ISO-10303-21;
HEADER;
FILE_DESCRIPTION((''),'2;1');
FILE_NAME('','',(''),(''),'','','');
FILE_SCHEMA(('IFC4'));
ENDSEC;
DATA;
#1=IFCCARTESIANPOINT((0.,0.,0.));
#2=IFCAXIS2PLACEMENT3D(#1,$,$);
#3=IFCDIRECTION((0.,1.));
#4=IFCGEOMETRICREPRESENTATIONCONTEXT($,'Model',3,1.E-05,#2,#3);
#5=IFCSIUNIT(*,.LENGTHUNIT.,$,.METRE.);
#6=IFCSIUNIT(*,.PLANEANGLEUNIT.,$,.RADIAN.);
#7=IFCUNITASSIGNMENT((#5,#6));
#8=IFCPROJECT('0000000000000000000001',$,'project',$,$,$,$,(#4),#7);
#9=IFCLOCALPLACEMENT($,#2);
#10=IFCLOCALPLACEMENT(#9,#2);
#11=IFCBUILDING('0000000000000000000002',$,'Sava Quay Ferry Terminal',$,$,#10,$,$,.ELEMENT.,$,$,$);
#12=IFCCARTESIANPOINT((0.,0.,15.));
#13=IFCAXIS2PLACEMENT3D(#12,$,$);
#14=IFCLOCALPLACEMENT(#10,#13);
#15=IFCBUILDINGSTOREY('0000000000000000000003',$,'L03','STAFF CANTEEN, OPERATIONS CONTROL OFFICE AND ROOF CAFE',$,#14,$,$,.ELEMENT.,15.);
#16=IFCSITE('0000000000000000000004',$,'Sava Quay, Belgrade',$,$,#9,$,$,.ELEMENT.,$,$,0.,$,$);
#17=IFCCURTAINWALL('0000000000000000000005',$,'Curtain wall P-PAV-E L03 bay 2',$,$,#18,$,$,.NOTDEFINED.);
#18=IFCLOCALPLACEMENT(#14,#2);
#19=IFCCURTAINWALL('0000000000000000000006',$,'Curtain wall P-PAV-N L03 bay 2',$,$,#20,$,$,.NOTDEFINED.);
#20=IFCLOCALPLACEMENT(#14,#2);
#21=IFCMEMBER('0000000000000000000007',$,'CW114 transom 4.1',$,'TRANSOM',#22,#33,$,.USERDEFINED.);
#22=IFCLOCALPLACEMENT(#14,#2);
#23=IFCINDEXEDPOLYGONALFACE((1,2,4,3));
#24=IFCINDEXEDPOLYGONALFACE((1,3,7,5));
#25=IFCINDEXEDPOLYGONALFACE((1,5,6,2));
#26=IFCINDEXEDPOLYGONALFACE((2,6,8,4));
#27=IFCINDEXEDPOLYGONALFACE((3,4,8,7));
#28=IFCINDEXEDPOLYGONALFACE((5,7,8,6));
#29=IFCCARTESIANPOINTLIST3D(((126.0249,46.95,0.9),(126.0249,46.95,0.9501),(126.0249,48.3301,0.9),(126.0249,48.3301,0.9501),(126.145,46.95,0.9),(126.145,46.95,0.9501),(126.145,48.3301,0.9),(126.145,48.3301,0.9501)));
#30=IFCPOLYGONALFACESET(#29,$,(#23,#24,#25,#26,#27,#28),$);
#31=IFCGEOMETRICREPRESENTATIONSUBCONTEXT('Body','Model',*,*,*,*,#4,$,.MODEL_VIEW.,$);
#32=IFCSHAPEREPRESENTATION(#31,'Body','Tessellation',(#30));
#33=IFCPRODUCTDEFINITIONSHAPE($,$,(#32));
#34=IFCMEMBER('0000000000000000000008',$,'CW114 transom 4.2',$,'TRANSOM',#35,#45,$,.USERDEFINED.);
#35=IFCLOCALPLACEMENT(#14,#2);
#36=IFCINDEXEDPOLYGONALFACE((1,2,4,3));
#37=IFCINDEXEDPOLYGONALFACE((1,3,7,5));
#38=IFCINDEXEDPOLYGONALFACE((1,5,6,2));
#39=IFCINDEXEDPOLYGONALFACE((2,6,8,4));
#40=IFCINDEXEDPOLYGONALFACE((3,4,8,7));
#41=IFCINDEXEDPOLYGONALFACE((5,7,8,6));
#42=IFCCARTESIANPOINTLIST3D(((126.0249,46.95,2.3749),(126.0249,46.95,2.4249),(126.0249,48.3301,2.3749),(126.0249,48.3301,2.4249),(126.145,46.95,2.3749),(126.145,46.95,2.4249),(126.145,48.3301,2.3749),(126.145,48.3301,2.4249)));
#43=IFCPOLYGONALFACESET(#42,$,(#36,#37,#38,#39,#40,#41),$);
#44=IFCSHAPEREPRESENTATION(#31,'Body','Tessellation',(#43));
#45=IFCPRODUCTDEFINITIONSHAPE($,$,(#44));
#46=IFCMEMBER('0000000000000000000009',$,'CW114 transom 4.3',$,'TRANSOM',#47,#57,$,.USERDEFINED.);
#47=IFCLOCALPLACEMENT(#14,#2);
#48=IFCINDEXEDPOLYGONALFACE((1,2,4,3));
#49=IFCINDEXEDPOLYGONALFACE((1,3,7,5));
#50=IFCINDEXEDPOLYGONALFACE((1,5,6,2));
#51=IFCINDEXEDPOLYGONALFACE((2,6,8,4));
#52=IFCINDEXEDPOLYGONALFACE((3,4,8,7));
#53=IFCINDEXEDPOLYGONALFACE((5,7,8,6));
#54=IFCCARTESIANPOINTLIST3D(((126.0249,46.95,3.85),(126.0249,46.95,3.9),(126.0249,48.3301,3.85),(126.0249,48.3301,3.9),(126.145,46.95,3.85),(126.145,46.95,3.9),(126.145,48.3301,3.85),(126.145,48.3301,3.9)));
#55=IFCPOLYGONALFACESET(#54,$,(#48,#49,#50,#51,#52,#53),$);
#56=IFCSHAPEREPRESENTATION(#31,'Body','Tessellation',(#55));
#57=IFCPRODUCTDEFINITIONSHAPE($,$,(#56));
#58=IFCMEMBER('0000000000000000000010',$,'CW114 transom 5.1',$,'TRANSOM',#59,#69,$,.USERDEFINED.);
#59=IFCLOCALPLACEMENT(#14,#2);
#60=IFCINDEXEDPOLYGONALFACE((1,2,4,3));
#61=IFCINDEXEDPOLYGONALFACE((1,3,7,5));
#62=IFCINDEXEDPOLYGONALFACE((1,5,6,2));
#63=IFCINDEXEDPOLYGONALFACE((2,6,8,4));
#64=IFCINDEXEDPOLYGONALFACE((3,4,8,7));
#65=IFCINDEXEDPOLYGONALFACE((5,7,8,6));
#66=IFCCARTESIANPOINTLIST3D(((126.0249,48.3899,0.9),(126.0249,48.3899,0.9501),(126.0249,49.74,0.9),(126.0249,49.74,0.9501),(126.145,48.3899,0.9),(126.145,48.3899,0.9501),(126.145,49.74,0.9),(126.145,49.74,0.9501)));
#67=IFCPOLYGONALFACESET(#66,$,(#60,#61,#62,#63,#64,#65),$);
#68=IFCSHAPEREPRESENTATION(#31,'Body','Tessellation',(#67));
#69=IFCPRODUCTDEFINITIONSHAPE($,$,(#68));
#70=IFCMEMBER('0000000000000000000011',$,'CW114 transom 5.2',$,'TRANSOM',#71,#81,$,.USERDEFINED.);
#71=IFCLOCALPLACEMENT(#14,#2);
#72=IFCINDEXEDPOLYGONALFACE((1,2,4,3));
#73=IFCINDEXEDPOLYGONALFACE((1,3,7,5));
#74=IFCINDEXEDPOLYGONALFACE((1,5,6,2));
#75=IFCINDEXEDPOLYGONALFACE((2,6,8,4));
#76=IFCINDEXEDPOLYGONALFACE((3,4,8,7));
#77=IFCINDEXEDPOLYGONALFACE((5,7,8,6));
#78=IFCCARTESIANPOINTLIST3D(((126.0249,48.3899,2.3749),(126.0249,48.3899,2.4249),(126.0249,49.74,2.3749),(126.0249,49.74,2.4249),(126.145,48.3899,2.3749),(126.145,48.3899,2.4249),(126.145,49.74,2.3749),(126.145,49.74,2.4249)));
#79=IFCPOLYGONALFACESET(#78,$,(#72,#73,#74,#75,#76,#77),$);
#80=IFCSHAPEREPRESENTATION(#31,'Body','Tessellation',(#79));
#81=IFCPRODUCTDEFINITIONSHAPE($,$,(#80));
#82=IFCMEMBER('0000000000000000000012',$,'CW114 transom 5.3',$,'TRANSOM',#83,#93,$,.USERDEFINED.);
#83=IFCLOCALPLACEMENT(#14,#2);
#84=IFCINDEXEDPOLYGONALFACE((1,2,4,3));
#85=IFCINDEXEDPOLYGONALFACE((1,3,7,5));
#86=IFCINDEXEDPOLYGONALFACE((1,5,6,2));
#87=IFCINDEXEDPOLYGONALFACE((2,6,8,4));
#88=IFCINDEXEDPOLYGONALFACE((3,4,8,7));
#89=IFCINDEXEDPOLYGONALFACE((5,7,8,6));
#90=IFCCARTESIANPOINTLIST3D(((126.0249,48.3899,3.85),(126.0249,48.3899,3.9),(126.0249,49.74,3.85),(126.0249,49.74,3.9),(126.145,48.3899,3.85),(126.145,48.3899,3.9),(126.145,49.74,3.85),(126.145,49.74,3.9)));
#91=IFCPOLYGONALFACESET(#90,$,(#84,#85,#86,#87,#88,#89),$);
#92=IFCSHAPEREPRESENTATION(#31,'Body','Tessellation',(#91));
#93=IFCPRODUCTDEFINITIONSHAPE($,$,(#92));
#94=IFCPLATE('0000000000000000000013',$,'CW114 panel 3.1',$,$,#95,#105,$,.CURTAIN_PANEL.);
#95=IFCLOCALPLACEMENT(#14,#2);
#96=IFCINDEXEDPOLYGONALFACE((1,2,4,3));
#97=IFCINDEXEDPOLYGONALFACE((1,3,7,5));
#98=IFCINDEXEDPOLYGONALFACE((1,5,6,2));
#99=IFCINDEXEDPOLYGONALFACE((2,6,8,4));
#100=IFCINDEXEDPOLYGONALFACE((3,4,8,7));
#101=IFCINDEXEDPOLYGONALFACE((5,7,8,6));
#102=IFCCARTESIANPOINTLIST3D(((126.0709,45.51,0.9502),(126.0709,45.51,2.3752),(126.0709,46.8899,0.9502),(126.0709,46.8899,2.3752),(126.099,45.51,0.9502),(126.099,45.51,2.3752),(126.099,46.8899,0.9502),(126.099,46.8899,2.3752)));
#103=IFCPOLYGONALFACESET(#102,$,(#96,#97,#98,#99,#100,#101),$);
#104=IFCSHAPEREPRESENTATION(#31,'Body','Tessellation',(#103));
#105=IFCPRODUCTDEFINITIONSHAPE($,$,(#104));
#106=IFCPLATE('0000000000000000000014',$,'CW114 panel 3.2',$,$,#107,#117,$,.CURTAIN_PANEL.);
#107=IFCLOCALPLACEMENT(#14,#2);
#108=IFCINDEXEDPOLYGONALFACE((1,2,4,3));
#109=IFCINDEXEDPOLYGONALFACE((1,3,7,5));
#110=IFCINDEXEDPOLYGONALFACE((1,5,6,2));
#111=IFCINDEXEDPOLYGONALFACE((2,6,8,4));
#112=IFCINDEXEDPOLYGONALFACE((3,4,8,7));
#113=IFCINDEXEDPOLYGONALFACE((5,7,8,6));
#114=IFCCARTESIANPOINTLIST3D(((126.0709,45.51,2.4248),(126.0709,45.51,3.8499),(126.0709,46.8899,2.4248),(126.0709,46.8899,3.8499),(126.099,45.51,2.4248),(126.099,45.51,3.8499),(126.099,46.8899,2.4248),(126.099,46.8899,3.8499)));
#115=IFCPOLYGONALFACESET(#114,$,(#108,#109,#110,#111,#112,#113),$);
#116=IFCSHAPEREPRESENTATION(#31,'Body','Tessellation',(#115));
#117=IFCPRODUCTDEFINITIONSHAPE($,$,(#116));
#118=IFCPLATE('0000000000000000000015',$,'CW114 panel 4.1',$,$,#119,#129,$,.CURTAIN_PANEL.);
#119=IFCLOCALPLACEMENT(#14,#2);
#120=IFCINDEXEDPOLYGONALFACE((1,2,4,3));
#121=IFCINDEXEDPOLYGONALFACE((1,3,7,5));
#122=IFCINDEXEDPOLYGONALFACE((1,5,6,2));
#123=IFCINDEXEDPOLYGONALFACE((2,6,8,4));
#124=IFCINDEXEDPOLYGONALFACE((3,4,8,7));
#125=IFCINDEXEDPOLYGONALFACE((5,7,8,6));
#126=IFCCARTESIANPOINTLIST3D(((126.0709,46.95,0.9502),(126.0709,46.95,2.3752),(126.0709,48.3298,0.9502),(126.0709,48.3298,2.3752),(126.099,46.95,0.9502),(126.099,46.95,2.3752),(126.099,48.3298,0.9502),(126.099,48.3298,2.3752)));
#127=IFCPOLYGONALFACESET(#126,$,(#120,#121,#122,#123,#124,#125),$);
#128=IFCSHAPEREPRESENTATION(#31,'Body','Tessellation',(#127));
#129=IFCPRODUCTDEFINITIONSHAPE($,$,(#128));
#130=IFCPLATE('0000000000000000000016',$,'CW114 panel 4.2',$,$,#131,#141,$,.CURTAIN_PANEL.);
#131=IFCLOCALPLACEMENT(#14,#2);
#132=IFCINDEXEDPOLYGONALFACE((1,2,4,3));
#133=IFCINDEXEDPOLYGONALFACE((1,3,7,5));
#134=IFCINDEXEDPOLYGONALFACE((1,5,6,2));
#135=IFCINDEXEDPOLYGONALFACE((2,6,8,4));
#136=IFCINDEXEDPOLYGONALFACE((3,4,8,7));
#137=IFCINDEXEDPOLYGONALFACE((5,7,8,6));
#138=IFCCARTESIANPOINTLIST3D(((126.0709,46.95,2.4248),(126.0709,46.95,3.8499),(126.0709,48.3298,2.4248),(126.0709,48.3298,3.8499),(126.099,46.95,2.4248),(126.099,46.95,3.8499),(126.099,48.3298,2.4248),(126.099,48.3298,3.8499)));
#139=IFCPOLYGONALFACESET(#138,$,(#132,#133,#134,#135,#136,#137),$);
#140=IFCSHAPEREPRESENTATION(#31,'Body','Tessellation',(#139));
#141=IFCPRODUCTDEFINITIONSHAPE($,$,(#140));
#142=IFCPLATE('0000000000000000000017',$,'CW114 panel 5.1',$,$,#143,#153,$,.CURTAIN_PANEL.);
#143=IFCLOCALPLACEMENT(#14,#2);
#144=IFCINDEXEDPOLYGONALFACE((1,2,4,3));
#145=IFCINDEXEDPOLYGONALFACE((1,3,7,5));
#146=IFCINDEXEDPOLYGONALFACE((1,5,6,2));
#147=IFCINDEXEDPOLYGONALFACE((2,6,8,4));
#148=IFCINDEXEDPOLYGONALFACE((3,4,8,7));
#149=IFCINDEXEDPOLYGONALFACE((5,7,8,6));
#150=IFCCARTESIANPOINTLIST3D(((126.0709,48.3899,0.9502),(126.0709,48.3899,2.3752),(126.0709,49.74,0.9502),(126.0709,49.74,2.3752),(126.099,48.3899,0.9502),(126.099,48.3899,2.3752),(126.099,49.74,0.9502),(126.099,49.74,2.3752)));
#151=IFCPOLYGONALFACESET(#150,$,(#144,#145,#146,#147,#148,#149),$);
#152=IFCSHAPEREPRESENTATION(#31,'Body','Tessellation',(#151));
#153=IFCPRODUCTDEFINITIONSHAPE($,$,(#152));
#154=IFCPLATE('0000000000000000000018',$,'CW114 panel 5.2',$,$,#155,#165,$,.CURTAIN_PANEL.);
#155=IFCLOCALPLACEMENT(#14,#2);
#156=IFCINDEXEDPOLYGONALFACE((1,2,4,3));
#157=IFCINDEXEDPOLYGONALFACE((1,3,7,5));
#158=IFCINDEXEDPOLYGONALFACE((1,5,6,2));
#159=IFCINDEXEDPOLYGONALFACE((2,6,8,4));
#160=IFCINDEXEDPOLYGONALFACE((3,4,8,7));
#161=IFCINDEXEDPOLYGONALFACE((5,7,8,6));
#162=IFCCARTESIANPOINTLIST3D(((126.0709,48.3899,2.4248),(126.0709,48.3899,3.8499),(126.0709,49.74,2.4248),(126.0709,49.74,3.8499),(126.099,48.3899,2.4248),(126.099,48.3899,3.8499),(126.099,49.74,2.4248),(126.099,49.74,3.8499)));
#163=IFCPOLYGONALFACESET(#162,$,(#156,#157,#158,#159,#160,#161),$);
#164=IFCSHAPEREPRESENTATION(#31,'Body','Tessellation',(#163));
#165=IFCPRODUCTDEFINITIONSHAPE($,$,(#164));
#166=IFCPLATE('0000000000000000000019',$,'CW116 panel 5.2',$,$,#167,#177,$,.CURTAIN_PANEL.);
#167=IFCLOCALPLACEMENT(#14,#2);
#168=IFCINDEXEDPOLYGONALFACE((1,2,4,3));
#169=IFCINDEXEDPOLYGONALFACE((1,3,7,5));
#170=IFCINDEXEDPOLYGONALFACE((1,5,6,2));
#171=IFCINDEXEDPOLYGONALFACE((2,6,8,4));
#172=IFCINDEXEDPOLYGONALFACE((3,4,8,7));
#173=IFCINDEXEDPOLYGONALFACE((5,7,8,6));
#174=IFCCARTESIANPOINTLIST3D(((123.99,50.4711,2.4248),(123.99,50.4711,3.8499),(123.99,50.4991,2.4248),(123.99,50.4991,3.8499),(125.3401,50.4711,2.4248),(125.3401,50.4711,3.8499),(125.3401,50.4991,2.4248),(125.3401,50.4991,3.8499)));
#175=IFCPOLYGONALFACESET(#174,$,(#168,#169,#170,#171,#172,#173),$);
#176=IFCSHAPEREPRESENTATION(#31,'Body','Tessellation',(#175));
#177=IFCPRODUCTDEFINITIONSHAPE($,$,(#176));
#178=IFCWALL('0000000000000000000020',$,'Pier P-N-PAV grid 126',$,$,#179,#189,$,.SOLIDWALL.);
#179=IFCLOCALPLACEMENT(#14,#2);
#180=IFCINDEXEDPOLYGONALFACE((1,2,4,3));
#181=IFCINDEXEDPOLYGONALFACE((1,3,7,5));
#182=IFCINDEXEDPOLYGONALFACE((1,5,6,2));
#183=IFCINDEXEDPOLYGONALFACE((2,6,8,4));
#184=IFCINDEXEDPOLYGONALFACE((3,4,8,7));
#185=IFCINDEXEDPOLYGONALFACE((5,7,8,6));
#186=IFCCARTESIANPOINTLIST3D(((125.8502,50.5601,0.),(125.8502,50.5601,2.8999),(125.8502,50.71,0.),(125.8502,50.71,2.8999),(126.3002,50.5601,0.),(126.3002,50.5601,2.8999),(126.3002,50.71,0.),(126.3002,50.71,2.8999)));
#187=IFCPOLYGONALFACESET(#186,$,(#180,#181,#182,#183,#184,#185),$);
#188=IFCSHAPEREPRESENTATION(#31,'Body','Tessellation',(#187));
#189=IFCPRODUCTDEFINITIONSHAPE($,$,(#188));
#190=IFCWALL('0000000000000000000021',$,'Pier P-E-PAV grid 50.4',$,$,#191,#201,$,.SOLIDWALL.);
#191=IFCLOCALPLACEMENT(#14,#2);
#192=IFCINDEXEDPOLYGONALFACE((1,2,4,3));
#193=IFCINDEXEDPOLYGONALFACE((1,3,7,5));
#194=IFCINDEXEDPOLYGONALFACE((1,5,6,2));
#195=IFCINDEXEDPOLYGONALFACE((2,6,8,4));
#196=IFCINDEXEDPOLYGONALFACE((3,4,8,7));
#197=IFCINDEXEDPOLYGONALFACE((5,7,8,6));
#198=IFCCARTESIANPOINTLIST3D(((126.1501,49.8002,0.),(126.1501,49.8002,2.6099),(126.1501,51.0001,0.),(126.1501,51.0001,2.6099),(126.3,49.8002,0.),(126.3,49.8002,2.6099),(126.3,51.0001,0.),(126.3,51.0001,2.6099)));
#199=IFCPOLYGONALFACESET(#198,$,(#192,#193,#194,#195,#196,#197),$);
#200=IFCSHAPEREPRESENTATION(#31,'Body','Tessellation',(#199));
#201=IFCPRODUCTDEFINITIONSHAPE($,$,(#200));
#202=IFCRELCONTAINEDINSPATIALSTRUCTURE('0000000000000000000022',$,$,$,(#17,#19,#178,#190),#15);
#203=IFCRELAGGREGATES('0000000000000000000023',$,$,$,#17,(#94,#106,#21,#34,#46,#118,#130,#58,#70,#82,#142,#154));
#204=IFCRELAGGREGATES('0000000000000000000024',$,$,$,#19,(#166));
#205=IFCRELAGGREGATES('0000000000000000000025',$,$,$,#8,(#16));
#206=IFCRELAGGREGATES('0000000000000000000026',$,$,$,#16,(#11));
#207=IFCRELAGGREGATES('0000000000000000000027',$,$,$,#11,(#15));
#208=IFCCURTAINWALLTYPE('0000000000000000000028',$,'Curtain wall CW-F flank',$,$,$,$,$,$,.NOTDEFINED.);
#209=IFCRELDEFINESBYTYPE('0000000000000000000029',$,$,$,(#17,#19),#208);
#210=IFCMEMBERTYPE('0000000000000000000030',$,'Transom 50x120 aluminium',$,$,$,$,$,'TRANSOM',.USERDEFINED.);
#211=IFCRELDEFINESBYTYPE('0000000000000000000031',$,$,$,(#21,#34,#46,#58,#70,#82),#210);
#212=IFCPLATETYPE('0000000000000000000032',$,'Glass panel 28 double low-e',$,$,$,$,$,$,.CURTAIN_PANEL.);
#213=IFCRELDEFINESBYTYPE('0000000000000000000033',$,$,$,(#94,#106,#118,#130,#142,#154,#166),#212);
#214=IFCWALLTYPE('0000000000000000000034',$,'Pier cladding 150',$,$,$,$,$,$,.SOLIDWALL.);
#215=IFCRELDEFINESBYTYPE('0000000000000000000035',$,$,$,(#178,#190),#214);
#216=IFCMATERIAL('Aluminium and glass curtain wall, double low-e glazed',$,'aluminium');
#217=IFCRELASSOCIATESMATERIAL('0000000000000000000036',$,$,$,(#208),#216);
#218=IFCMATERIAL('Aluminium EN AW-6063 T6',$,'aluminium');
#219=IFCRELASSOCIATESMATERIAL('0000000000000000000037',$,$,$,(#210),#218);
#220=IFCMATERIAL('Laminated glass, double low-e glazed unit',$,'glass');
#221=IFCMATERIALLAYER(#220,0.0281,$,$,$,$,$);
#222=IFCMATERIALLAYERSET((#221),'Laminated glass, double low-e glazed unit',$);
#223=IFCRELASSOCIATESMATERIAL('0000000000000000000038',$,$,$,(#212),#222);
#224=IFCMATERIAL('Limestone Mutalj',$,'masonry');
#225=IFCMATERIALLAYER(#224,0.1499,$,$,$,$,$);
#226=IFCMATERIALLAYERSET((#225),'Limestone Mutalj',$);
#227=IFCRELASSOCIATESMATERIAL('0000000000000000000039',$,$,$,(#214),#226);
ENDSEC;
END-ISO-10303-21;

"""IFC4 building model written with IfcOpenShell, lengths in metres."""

from ifc_helpers import new_model, si_unit, direction, frame, frame_2d, origin, origin_2d, place, context, subcontext, project, spatial, rectangle, extrude, material, layer, layer_set, material_profile, profile_set, type_object, element, aggregate, save


model = new_model("IFC4")

# Units and contexts
model_context = context("Model", 3, precision=1e-05, world=origin(), true_north=direction((0.0, 1.0)))
body_context = subcontext(model_context, "Body", "Model", "MODEL_VIEW")
ifc_project = project(units=[si_unit("LENGTHUNIT", "METRE"), si_unit("PLANEANGLEUNIT", "RADIAN")], contexts=[model_context])

# Site, building, storey
site_placement = place(None, origin())
site = spatial("IfcSite", under=ifc_project, at=site_placement, Name="Sava Quay, Belgrade", CompositionType="ELEMENT", RefElevation=0.0)
building_placement = place(site_placement, origin())
building = spatial("IfcBuilding", under=site, at=building_placement, Name="Sava Quay Ferry Terminal", CompositionType="ELEMENT")
storey_placement = place(building_placement, frame((0.0, 0.0, 15.0)))
storey = spatial("IfcBuildingStorey", under=building, at=storey_placement, Name="L03", Description="STAFF CANTEEN, OPERATIONS CONTROL OFFICE AND ROOF CAFE", CompositionType="ELEMENT", Elevation=15.0)

# Curtain wall
ifc_material_1 = material(Name="Aluminium and glass curtain wall, double low-e glazed", Category="aluminium")
curtain_wall_type = type_object("IfcCurtainWallType", Name="Curtain wall CW-F flank", PredefinedType="NOTDEFINED", material=ifc_material_1)
curtain_wall_1_placement = place(storey_placement, origin())
curtain_wall_1 = element("IfcCurtainWall", 1, at=curtain_wall_1_placement, inside=storey, type_object=curtain_wall_type, Name="Curtain wall P-PAV-E L03 bay 2", PredefinedType="NOTDEFINED")

# Curtain wall
curtain_wall_2_placement = place(storey_placement, origin())
curtain_wall_2 = element("IfcCurtainWall", 2, at=curtain_wall_2_placement, inside=storey, type_object=curtain_wall_type, Name="Curtain wall P-PAV-N L03 bay 2", PredefinedType="NOTDEFINED")

# Members
ifc_material_2 = material(Name="Aluminium EN AW-6063 T6", Category="aluminium")
ifc_material_profile_1 = material_profile(ifc_material_2, rectangle(XDim=0.1201, YDim=0.05, at=origin_2d()), Name="Transom 50x120 aluminium")
ifc_profile_set_1 = profile_set([ifc_material_profile_1], Name="Aluminium EN AW-6063 T6")
member_type_1 = type_object("IfcMemberType", Name="Transom 50x120 aluminium", ElementType="TRANSOM", PredefinedType="USERDEFINED", material=ifc_profile_set_1)
member_1_placement = place(storey_placement, frame((126.085, 46.95, 0.925), z_axis=(0.0, 1.0, 0.0), x_axis=(-1.0, 0.0, 0.0)))
member_1 = element("IfcMember", 3, at=member_1_placement, type_object=member_type_1, Name="CW114 transom 4.1", ObjectType="TRANSOM", PredefinedType="USERDEFINED", context=body_context, shape_type="SweptSolid", body=[
    extrude(rectangle(XDim=0.1201, YDim=0.05, at=origin_2d()), origin(), (0.0, 0.0, 1.0), 1.3801),
])
member_2_placement = place(storey_placement, frame((126.085, 46.95, 2.3999), z_axis=(0.0, 1.0, 0.0), x_axis=(-1.0, 0.0, 0.0)))
member_2 = element("IfcMember", 4, at=member_2_placement, type_object=member_type_1, Name="CW114 transom 4.2", ObjectType="TRANSOM", PredefinedType="USERDEFINED", context=body_context, shape_type="SweptSolid", body=[
    extrude(rectangle(XDim=0.1201, YDim=0.05, at=origin_2d()), origin(), (0.0, 0.0, 1.0), 1.3801),
])
member_3_placement = place(storey_placement, frame((126.085, 46.95, 3.875), z_axis=(0.0, 1.0, 0.0), x_axis=(-1.0, 0.0, 0.0)))
member_3 = element("IfcMember", 5, at=member_3_placement, type_object=member_type_1, Name="CW114 transom 4.3", ObjectType="TRANSOM", PredefinedType="USERDEFINED", context=body_context, shape_type="SweptSolid", body=[
    extrude(rectangle(XDim=0.1201, YDim=0.05, at=origin_2d()), origin(), (0.0, 0.0, 1.0), 1.3801),
])
member_4_placement = place(storey_placement, frame((126.085, 48.3899, 0.925), z_axis=(0.0, 1.0, 0.0), x_axis=(-1.0, 0.0, 0.0)))
member_4 = element("IfcMember", 6, at=member_4_placement, type_object=member_type_1, Name="CW114 transom 5.1", ObjectType="TRANSOM", PredefinedType="USERDEFINED", context=body_context, shape_type="SweptSolid", body=[
    extrude(rectangle(XDim=0.1201, YDim=0.05, at=origin_2d()), origin(), (0.0, 0.0, 1.0), 1.3501),
])
member_5_placement = place(storey_placement, frame((126.085, 48.3899, 2.3999), z_axis=(0.0, 1.0, 0.0), x_axis=(-1.0, 0.0, 0.0)))
member_5 = element("IfcMember", 7, at=member_5_placement, type_object=member_type_1, Name="CW114 transom 5.2", ObjectType="TRANSOM", PredefinedType="USERDEFINED", context=body_context, shape_type="SweptSolid", body=[
    extrude(rectangle(XDim=0.1201, YDim=0.05, at=origin_2d()), origin(), (0.0, 0.0, 1.0), 1.3501),
])
member_6_placement = place(storey_placement, frame((126.085, 48.3899, 3.875), z_axis=(0.0, 1.0, 0.0), x_axis=(-1.0, 0.0, 0.0)))
member_6 = element("IfcMember", 8, at=member_6_placement, type_object=member_type_1, Name="CW114 transom 5.3", ObjectType="TRANSOM", PredefinedType="USERDEFINED", context=body_context, shape_type="SweptSolid", body=[
    extrude(rectangle(XDim=0.1201, YDim=0.05, at=origin_2d()), origin(), (0.0, 0.0, 1.0), 1.3501),
])

# Plates
ifc_material_3 = material(Name="Laminated glass, double low-e glazed unit", Category="glass")
ifc_layer_1 = layer(ifc_material_3, 0.0281)
ifc_layer_set_1 = layer_set([ifc_layer_1], Name="Laminated glass, double low-e glazed unit")
plate_type = type_object("IfcPlateType", Name="Glass panel 28 double low-e", PredefinedType="CURTAIN_PANEL", material=ifc_layer_set_1)
plate_1_placement = place(storey_placement, frame((126.085, 46.2, 0.9502), z_axis=(0.0, 0.0, 1.0), x_axis=(0.0, 1.0, 0.0)))
plate_1 = element("IfcPlate", 9, at=plate_1_placement, type_object=plate_type, Name="CW114 panel 3.1", PredefinedType="CURTAIN_PANEL", context=body_context, shape_type="SweptSolid", body=[
    extrude(rectangle(XDim=1.3799, YDim=0.0281, at=origin_2d()), origin(), (0.0, 0.0, 1.0), 1.425),
])
plate_2_placement = place(storey_placement, frame((126.085, 46.2, 2.4248), z_axis=(0.0, 0.0, 1.0), x_axis=(0.0, 1.0, 0.0)))
plate_2 = element("IfcPlate", 10, at=plate_2_placement, type_object=plate_type, Name="CW114 panel 3.2", PredefinedType="CURTAIN_PANEL", context=body_context, shape_type="SweptSolid", body=[
    extrude(rectangle(XDim=1.3799, YDim=0.0281, at=origin_2d()), origin(), (0.0, 0.0, 1.0), 1.425),
])
plate_3_placement = place(storey_placement, frame((126.085, 47.6399, 0.9502), z_axis=(0.0, 0.0, 1.0), x_axis=(0.0, 1.0, 0.0)))
plate_3 = element("IfcPlate", 11, at=plate_3_placement, type_object=plate_type, Name="CW114 panel 4.1", PredefinedType="CURTAIN_PANEL", context=body_context, shape_type="SweptSolid", body=[
    extrude(rectangle(XDim=1.3799, YDim=0.0281, at=origin_2d()), origin(), (0.0, 0.0, 1.0), 1.425),
])
plate_4_placement = place(storey_placement, frame((126.085, 47.6399, 2.4248), z_axis=(0.0, 0.0, 1.0), x_axis=(0.0, 1.0, 0.0)))
plate_4 = element("IfcPlate", 12, at=plate_4_placement, type_object=plate_type, Name="CW114 panel 4.2", PredefinedType="CURTAIN_PANEL", context=body_context, shape_type="SweptSolid", body=[
    extrude(rectangle(XDim=1.3799, YDim=0.0281, at=origin_2d()), origin(), (0.0, 0.0, 1.0), 1.425),
])
plate_5_placement = place(storey_placement, frame((126.085, 49.0649, 0.9502), z_axis=(0.0, 0.0, 1.0), x_axis=(0.0, 1.0, 0.0)))
plate_5 = element("IfcPlate", 13, at=plate_5_placement, type_object=plate_type, Name="CW114 panel 5.1", PredefinedType="CURTAIN_PANEL", context=body_context, shape_type="SweptSolid", body=[
    extrude(rectangle(XDim=1.3501, YDim=0.0281, at=origin_2d()), origin(), (0.0, 0.0, 1.0), 1.425),
])
plate_6_placement = place(storey_placement, frame((126.085, 49.0649, 2.4248), z_axis=(0.0, 0.0, 1.0), x_axis=(0.0, 1.0, 0.0)))
plate_6 = element("IfcPlate", 14, at=plate_6_placement, type_object=plate_type, Name="CW114 panel 5.2", PredefinedType="CURTAIN_PANEL", context=body_context, shape_type="SweptSolid", body=[
    extrude(rectangle(XDim=1.3501, YDim=0.0281, at=origin_2d()), origin(), (0.0, 0.0, 1.0), 1.425),
])
aggregate(curtain_wall_1, [plate_1, plate_2, member_1, member_2, member_3, plate_3, plate_4, member_4, member_5, member_6, plate_5, plate_6])
plate_7_placement = place(storey_placement, frame((124.665, 50.4851, 2.4248), z_axis=(0.0, 0.0, 1.0), x_axis=(1.0, 0.0, 0.0)))
plate_7 = element("IfcPlate", 15, at=plate_7_placement, type_object=plate_type, Name="CW116 panel 5.2", PredefinedType="CURTAIN_PANEL", context=body_context, shape_type="SweptSolid", body=[
    extrude(rectangle(XDim=1.3501, YDim=0.0281, at=origin_2d()), origin(), (0.0, 0.0, 1.0), 1.425),
])
aggregate(curtain_wall_2, [plate_7])

# Walls
ifc_material_4 = material(Name="Limestone Mutalj", Category="masonry")
ifc_layer_2 = layer(ifc_material_4, 0.1499)
ifc_layer_set_2 = layer_set([ifc_layer_2], Name="Limestone Mutalj")
wall_type = type_object("IfcWallType", Name="Pier cladding 150", PredefinedType="SOLIDWALL", material=ifc_layer_set_2)
wall_1_placement = place(storey_placement, frame((125.8501, 50.635, 0.0), z_axis=(0.0, 0.0, 1.0), x_axis=(1.0, 0.0, 0.0)))
element("IfcWall", 16, at=wall_1_placement, inside=storey, type_object=wall_type, Name="Pier P-N-PAV grid 126", PredefinedType="SOLIDWALL", context=body_context, shape_type="SweptSolid", body=[
    extrude(rectangle(XDim=0.45, YDim=0.1499, at=frame_2d((0.2251, 0.0))), origin(), (0.0, 0.0, 1.0), 2.8999),
])
wall_2_placement = place(storey_placement, frame((126.2251, 49.8, 0.0), z_axis=(0.0, 0.0, 1.0), x_axis=(0.0, 1.0, 0.0)))
element("IfcWall", 17, at=wall_2_placement, inside=storey, type_object=wall_type, Name="Pier P-E-PAV grid 50.4", PredefinedType="SOLIDWALL", context=body_context, shape_type="SweptSolid", body=[
    extrude(rectangle(XDim=1.2, YDim=0.1499, at=frame_2d((0.6001, 0.0))), origin(), (0.0, 0.0, 1.0), 2.6099),
])

save(model, "model.ifc")
